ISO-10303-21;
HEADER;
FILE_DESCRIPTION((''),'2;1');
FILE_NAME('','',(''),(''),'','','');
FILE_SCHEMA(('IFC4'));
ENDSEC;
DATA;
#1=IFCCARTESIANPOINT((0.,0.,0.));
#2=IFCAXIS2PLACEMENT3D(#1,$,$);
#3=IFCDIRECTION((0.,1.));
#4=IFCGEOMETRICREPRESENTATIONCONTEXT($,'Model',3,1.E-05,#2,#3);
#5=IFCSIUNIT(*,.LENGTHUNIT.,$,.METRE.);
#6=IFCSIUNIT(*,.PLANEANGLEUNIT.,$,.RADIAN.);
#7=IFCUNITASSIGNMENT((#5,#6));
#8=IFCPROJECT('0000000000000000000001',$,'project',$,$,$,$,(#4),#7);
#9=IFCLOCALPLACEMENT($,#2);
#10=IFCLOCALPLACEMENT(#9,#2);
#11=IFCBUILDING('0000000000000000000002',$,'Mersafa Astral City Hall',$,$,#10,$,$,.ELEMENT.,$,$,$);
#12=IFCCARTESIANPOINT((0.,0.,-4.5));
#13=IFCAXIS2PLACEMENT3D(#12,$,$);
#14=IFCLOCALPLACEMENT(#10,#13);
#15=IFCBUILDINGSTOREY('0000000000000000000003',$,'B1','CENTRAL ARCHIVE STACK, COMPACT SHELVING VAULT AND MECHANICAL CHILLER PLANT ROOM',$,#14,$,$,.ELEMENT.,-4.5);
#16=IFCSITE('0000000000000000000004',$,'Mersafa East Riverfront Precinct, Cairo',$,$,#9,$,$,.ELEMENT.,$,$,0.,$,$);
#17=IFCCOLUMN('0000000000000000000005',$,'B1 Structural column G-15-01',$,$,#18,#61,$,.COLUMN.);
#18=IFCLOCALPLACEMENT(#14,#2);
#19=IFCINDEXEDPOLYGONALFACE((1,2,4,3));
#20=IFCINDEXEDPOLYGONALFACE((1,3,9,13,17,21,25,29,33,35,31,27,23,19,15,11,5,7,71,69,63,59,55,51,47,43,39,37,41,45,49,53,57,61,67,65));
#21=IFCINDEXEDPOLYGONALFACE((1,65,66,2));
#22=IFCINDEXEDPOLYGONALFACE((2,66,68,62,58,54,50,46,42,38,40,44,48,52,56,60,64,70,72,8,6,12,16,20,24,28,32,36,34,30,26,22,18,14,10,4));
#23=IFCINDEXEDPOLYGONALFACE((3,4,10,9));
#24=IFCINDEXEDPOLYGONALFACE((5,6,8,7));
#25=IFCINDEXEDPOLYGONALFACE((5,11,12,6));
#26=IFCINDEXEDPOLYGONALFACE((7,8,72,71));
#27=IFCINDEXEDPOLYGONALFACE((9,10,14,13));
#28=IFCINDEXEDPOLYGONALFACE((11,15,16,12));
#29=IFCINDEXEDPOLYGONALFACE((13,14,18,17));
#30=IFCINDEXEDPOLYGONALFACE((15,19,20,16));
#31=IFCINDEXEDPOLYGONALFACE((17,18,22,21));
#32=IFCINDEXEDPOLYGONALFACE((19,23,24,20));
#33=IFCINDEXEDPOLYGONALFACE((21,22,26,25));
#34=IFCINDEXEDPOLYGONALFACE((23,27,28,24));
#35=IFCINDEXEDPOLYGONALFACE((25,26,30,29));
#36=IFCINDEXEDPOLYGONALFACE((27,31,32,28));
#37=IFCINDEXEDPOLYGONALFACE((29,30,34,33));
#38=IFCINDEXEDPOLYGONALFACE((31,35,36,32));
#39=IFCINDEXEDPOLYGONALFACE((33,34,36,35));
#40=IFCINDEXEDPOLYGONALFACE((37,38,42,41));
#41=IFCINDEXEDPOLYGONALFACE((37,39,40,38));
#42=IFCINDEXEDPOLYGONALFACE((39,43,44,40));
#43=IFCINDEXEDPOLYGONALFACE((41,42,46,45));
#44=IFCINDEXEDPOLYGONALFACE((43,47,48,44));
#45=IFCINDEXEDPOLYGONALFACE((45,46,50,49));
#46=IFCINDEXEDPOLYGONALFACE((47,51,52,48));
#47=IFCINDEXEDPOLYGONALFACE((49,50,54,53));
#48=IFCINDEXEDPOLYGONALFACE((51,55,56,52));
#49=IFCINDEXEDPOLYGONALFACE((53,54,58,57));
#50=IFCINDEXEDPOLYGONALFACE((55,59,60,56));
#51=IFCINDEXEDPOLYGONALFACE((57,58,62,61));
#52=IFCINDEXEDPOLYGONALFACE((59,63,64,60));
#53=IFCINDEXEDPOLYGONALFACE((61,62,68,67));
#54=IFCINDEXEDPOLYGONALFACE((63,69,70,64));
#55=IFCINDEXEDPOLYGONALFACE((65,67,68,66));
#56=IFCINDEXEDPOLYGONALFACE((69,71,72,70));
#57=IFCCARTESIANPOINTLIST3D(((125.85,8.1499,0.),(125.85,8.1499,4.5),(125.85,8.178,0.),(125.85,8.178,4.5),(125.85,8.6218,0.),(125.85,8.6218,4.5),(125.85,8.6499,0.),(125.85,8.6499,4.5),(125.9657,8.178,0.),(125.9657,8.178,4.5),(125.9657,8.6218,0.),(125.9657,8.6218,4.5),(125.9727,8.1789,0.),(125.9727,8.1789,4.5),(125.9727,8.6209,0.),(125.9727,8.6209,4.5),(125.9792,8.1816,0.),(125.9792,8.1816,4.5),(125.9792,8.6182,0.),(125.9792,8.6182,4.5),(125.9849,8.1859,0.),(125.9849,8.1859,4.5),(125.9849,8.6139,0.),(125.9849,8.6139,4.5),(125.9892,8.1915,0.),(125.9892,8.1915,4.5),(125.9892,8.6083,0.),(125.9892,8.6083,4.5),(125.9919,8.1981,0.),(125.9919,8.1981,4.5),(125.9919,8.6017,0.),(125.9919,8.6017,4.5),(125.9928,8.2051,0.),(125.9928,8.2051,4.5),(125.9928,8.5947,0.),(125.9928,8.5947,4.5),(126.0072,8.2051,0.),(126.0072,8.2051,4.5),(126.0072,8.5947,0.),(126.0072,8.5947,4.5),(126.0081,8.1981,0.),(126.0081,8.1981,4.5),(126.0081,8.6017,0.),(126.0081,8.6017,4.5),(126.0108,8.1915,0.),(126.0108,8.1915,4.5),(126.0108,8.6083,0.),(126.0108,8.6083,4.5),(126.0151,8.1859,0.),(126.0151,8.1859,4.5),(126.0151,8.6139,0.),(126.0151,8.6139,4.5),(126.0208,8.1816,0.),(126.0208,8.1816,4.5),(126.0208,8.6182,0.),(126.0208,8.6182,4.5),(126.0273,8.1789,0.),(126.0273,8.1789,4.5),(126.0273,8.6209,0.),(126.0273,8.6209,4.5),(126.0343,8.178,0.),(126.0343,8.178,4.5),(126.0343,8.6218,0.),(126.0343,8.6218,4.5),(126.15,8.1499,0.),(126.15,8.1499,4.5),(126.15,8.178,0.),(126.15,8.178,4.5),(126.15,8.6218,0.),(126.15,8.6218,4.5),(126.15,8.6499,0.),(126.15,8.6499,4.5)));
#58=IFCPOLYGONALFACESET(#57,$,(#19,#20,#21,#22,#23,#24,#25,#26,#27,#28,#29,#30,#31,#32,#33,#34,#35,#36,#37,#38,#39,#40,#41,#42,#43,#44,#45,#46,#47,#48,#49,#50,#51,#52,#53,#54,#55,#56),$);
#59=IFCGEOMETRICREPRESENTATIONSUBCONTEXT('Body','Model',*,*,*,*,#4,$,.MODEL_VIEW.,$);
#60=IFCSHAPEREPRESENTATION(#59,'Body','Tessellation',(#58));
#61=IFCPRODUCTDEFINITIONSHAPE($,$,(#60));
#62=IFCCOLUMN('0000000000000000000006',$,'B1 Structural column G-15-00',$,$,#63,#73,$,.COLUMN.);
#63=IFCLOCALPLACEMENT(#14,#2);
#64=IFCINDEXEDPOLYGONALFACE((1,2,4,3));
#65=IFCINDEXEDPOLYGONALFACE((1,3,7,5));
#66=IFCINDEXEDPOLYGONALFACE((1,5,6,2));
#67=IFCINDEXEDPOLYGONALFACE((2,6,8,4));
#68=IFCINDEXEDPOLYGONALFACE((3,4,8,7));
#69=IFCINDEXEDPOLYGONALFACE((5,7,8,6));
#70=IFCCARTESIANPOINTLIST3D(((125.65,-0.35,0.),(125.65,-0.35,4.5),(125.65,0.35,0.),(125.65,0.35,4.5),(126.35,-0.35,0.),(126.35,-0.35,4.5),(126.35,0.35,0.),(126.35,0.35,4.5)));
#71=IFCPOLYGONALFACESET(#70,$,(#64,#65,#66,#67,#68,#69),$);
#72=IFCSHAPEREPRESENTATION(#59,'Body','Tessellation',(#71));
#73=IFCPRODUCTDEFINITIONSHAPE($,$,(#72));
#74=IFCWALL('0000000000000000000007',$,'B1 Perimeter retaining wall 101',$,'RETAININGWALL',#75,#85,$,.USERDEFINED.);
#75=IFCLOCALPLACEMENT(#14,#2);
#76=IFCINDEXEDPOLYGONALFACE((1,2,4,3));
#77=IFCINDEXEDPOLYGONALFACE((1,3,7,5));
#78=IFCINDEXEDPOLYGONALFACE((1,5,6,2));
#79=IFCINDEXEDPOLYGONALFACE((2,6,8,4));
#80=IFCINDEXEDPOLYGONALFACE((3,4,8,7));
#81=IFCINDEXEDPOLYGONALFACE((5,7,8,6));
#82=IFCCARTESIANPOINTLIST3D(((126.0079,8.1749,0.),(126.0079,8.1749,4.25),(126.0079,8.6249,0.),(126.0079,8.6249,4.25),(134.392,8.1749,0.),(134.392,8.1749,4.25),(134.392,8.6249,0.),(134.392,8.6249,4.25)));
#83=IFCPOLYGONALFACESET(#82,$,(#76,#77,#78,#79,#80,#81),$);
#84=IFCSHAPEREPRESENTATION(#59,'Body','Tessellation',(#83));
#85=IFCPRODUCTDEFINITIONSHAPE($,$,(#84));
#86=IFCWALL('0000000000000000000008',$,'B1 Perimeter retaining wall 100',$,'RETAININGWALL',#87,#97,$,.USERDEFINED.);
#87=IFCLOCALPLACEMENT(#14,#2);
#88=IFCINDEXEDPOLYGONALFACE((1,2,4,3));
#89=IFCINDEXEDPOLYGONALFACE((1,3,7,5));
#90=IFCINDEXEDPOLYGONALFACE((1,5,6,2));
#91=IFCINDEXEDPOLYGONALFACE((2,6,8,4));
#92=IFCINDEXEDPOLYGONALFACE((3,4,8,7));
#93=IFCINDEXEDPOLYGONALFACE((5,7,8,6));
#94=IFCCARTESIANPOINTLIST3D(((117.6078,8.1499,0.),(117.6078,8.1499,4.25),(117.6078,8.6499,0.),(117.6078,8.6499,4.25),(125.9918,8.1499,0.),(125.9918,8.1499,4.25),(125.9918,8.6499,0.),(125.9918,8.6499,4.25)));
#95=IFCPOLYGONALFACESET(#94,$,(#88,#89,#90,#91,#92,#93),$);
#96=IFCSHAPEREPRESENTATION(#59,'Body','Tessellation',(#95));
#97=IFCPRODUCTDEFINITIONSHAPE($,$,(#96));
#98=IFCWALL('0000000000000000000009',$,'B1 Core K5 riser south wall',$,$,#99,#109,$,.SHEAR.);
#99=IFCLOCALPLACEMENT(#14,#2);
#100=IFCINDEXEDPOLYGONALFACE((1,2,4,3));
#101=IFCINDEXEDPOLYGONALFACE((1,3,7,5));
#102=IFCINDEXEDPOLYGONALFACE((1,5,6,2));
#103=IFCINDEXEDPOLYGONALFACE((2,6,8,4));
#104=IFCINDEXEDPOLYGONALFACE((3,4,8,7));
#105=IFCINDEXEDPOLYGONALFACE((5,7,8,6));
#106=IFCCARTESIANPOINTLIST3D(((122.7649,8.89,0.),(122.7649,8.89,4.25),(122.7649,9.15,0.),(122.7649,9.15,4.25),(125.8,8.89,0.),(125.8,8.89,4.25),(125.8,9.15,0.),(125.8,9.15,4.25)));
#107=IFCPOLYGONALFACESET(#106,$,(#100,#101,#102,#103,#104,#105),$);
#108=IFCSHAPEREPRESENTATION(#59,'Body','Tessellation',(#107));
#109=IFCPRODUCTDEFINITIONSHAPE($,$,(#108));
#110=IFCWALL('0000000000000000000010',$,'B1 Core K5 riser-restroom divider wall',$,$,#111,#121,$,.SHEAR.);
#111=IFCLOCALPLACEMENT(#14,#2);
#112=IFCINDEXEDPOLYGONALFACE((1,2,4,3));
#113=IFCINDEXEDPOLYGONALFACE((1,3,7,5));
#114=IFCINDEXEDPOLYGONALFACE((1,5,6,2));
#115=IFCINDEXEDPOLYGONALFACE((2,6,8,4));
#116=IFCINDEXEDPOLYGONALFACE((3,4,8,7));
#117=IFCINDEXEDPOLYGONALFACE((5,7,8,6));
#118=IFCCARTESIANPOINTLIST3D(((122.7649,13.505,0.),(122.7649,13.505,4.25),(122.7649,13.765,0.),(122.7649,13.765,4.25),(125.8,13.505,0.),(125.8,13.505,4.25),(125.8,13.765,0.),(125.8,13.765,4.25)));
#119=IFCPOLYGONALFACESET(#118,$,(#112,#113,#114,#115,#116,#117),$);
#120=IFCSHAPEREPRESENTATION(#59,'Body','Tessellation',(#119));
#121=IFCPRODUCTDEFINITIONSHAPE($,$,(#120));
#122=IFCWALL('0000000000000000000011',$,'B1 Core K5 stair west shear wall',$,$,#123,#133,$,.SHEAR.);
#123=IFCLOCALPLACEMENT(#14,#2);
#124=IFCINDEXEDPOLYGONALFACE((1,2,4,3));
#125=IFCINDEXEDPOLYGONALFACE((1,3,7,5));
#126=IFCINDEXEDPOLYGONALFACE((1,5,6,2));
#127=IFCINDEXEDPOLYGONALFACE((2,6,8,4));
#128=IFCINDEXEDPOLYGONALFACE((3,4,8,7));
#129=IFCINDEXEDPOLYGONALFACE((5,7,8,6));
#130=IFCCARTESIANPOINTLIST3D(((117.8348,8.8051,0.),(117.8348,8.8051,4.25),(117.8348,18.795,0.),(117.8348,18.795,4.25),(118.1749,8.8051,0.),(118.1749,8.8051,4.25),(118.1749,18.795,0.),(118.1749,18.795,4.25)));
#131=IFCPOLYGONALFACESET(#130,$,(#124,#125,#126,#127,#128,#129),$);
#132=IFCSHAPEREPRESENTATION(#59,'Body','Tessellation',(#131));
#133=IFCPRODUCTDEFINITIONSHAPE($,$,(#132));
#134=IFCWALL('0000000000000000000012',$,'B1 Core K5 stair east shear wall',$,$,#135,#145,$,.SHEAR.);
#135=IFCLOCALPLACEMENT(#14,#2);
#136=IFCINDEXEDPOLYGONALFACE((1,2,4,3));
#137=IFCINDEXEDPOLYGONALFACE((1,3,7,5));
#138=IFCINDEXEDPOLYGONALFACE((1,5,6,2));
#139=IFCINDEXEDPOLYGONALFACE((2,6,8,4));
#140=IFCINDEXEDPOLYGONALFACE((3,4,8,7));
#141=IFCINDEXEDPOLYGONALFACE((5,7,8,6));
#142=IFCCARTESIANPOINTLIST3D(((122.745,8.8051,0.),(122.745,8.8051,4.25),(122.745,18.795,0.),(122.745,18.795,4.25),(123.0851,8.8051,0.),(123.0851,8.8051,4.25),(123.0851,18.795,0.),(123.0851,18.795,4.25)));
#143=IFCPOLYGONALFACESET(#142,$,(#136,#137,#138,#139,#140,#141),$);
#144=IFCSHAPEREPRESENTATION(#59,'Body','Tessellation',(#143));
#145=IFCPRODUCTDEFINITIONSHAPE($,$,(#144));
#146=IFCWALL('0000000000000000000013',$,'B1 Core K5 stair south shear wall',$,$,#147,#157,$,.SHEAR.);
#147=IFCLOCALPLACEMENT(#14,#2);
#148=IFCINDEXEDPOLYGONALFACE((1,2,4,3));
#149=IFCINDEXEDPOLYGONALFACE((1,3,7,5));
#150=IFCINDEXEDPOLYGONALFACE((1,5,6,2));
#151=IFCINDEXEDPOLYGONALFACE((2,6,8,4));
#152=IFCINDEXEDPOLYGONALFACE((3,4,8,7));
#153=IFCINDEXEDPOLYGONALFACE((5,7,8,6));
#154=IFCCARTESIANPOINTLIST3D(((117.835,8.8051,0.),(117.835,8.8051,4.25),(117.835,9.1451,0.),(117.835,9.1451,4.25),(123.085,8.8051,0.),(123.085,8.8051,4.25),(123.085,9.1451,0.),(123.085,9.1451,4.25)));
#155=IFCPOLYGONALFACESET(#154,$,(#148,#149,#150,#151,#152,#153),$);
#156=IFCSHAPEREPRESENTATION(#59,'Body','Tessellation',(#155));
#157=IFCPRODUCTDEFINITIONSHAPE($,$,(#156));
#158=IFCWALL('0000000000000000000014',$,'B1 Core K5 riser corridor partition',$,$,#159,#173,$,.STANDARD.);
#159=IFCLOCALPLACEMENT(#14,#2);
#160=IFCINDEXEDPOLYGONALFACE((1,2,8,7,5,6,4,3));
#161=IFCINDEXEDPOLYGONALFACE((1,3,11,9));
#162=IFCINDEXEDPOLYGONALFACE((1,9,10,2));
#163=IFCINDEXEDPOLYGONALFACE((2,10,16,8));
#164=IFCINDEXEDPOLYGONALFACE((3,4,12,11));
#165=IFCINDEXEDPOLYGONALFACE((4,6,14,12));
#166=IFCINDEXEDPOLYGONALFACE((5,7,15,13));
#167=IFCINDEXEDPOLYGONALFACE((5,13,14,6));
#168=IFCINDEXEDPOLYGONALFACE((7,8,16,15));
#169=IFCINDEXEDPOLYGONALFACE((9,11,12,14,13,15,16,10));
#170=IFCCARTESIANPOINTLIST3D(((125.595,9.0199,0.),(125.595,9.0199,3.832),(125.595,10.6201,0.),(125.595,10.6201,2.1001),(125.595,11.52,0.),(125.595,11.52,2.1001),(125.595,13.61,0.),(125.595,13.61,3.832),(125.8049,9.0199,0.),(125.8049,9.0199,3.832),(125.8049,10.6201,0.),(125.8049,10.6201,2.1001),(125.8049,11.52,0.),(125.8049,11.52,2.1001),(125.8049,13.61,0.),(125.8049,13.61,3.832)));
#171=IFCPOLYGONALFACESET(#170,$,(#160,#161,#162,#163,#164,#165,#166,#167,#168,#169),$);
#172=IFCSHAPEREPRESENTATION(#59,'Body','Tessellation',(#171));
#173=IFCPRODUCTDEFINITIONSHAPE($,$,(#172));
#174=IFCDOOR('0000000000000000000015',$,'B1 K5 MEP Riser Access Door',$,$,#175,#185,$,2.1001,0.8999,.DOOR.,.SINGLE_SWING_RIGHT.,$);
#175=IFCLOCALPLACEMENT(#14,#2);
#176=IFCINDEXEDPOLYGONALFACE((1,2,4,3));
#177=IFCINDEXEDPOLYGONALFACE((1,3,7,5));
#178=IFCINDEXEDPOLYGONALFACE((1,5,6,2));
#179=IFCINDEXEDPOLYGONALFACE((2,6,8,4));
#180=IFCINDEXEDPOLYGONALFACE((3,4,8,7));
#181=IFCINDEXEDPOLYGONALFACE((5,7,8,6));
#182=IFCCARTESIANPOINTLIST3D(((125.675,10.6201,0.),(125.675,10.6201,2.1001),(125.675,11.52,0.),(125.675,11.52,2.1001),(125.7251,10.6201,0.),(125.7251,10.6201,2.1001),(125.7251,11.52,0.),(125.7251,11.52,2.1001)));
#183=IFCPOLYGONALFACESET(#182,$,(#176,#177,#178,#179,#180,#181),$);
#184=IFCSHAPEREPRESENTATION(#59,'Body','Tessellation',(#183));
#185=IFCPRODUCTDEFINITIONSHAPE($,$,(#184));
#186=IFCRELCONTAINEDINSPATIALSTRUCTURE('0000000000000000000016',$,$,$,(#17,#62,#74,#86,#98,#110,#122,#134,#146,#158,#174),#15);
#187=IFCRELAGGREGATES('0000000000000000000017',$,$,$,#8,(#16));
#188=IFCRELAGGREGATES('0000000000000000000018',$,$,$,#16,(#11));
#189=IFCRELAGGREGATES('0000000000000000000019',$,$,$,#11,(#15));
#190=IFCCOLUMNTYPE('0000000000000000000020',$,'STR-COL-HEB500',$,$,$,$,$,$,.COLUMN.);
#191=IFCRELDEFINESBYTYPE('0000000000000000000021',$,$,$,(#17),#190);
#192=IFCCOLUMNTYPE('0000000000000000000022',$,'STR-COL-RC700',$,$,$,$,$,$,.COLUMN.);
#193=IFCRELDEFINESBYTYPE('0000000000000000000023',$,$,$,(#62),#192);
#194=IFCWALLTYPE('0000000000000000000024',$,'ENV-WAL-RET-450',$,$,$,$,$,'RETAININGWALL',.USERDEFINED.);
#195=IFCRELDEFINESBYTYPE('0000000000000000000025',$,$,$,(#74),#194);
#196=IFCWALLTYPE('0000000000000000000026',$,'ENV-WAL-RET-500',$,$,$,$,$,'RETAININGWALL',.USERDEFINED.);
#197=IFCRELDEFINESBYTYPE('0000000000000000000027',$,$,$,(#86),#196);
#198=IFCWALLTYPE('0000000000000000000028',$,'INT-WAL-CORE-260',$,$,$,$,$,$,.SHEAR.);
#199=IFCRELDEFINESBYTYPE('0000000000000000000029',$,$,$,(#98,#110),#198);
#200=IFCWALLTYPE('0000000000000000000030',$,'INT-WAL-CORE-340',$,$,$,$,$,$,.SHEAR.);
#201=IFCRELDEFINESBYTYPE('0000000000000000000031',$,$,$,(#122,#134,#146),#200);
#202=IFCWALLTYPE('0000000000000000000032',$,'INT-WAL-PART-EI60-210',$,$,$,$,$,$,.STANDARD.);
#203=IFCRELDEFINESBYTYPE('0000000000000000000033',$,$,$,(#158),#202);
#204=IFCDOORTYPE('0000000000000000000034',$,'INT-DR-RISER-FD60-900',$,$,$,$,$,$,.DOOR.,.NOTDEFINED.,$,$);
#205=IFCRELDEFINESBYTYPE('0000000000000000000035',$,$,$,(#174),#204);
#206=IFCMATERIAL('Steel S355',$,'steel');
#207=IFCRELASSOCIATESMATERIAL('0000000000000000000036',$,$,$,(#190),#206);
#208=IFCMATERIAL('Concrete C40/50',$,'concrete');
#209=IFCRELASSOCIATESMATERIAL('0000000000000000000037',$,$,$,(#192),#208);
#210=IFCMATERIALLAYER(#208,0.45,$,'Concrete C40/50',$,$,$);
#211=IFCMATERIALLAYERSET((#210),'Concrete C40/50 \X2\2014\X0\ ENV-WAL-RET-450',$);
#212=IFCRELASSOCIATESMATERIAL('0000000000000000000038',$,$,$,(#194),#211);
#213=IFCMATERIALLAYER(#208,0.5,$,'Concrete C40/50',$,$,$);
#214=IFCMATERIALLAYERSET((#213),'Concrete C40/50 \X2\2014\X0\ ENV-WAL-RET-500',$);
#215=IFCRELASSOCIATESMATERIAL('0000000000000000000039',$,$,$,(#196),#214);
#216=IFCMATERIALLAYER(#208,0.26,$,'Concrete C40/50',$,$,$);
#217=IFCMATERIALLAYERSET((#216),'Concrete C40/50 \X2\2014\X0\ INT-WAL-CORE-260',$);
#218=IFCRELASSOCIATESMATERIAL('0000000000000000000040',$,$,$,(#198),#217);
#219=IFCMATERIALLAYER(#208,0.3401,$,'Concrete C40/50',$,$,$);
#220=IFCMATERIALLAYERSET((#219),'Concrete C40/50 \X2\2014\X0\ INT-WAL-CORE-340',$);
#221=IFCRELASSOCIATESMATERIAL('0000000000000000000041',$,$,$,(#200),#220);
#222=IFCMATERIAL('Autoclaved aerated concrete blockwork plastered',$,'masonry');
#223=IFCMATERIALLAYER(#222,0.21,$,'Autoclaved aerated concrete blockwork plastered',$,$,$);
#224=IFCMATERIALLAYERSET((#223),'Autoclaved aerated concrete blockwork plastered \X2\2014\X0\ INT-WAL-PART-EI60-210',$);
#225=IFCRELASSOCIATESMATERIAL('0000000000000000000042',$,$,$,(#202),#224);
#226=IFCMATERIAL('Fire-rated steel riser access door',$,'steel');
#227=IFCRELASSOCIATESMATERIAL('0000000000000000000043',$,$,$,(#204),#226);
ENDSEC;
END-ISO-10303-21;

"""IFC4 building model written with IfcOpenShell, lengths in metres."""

from ifc_helpers import new_model, si_unit, direction, frame, frame_2d, origin, origin_2d, place, context, subcontext, project, spatial, rectangle, i_section, extrude, material, layer, layer_set, material_profile, profile_set, type_object, element, fill, save


model = new_model("IFC4")

# Units and contexts
model_context = context("Model", 3, precision=1e-05, world=origin(), true_north=direction((0.0, 1.0)))
body_context = subcontext(model_context, "Body", "Model", "MODEL_VIEW")
ifc_project = project(units=[si_unit("LENGTHUNIT", "METRE"), si_unit("PLANEANGLEUNIT", "RADIAN")], contexts=[model_context])

# Site, building, storey
site_placement = place(None, origin())
site = spatial("IfcSite", under=ifc_project, at=site_placement, Name="Mersafa East Riverfront Precinct, Cairo", CompositionType="ELEMENT", RefElevation=0.0)
building_placement = place(site_placement, origin())
building = spatial("IfcBuilding", under=site, at=building_placement, Name="Mersafa Astral City Hall", CompositionType="ELEMENT")
storey_placement = place(building_placement, frame((0.0, 0.0, -4.5)))
storey = spatial("IfcBuildingStorey", under=building, at=storey_placement, Name="B1", Description="CENTRAL ARCHIVE STACK, COMPACT SHELVING VAULT AND MECHANICAL CHILLER PLANT ROOM", CompositionType="ELEMENT", Elevation=-4.5)

# Shared definitions
ifc_material_1 = material(Name="Concrete C40/50", Category="concrete")

# Columns
ifc_material_2 = material(Name="Steel S355", Category="steel")
ifc_material_profile_1 = material_profile(ifc_material_2, i_section(OverallWidth=0.3, OverallDepth=0.5, WebThickness=0.0144, FlangeThickness=0.0281, FilletRadius=0.0271, at=origin_2d()), Name="HEB 500")
ifc_profile_set_1 = profile_set([ifc_material_profile_1], Name="Steel S355")
column_type_1 = type_object("IfcColumnType", Name="STR-COL-HEB500", PredefinedType="COLUMN", material=ifc_profile_set_1)
column_1_placement = place(storey_placement, frame((126.0, 8.3999, 0.0), z_axis=(0.0, 0.0, 1.0), x_axis=(1.0, 0.0, 0.0)))
element("IfcColumn", 1, at=column_1_placement, inside=storey, type_object=column_type_1, Name="B1 Structural column G-15-01", PredefinedType="COLUMN", context=body_context, shape_type="SweptSolid", body=[
    extrude(i_section(OverallWidth=0.3, OverallDepth=0.5, WebThickness=0.0144, FlangeThickness=0.0281, FilletRadius=0.0271, at=origin_2d()), origin(), (0.0, 0.0, 1.0), 4.5),
])
ifc_material_profile_2 = material_profile(ifc_material_1, rectangle(XDim=0.7, YDim=0.7, at=origin_2d()), Name="RC 700x700")
ifc_profile_set_2 = profile_set([ifc_material_profile_2], Name="Concrete C40/50")
column_type_2 = type_object("IfcColumnType", Name="STR-COL-RC700", PredefinedType="COLUMN", material=ifc_profile_set_2)
column_2_placement = place(storey_placement, frame((126.0, 0.0, 0.0), z_axis=(0.0, 0.0, 1.0), x_axis=(1.0, 0.0, 0.0)))
element("IfcColumn", 2, at=column_2_placement, inside=storey, type_object=column_type_2, Name="B1 Structural column G-15-00", PredefinedType="COLUMN", context=body_context, shape_type="SweptSolid", body=[
    extrude(rectangle(XDim=0.7, YDim=0.7, at=origin_2d()), origin(), (0.0, 0.0, 1.0), 4.5),
])

# Walls
ifc_layer_1 = layer(ifc_material_1, 0.45, Name="Concrete C40/50")
ifc_layer_set_1 = layer_set([ifc_layer_1], Name="Concrete C40/50 — ENV-WAL-RET-450")
wall_type_1 = type_object("IfcWallType", Name="ENV-WAL-RET-450", ElementType="RETAININGWALL", PredefinedType="USERDEFINED", material=ifc_layer_set_1)
wall_1_placement = place(storey_placement, frame((126.0081, 8.3999, 0.0), z_axis=(0.0, 0.0, 1.0), x_axis=(1.0, 0.0, 0.0)))
element("IfcWall", 3, at=wall_1_placement, inside=storey, type_object=wall_type_1, Name="B1 Perimeter retaining wall 101", ObjectType="RETAININGWALL", PredefinedType="USERDEFINED", context=body_context, shape_type="SweptSolid", body=[
    extrude(rectangle(XDim=8.384, YDim=0.45, at=frame_2d((4.1919, 0.0))), origin(), (0.0, 0.0, 1.0), 4.25),
])
ifc_layer_2 = layer(ifc_material_1, 0.5, Name="Concrete C40/50")
ifc_layer_set_2 = layer_set([ifc_layer_2], Name="Concrete C40/50 — ENV-WAL-RET-500")
wall_type_2 = type_object("IfcWallType", Name="ENV-WAL-RET-500", ElementType="RETAININGWALL", PredefinedType="USERDEFINED", material=ifc_layer_set_2)
wall_2_placement = place(storey_placement, frame((117.6079, 8.3999, 0.0), z_axis=(0.0, 0.0, 1.0), x_axis=(1.0, 0.0, 0.0)))
element("IfcWall", 4, at=wall_2_placement, inside=storey, type_object=wall_type_2, Name="B1 Perimeter retaining wall 100", ObjectType="RETAININGWALL", PredefinedType="USERDEFINED", context=body_context, shape_type="SweptSolid", body=[
    extrude(rectangle(XDim=8.384, YDim=0.5, at=frame_2d((4.1919, 0.0))), origin(), (0.0, 0.0, 1.0), 4.25),
])
ifc_layer_3 = layer(ifc_material_1, 0.26, Name="Concrete C40/50")
ifc_layer_set_3 = layer_set([ifc_layer_3], Name="Concrete C40/50 — INT-WAL-CORE-260")
wall_type_3 = type_object("IfcWallType", Name="INT-WAL-CORE-260", PredefinedType="SHEAR", material=ifc_layer_set_3)
for number, where, z_axis, x_axis, name in (
    (5, (122.7649, 9.02, 0.0), (0.0, 0.0, 1.0), (1.0, 0.0, 0.0), "B1 Core K5 riser south wall"),
    (6, (122.7649, 13.635, 0.0), (0.0, 0.0, 1.0), (1.0, 0.0, 0.0), "B1 Core K5 riser-restroom divider wall"),
):
    element("IfcWall", number, at=place(storey_placement, frame(where, z_axis=z_axis, x_axis=x_axis)), inside=storey, type_object=wall_type_3, Name=name, PredefinedType="SHEAR", context=body_context, shape_type="SweptSolid", body=[
        extrude(rectangle(XDim=3.0352, YDim=0.26, at=frame_2d((1.5176, 0.0))), origin(), (0.0, 0.0, 1.0), 4.25),
    ])
ifc_layer_4 = layer(ifc_material_1, 0.3401, Name="Concrete C40/50")
ifc_layer_set_4 = layer_set([ifc_layer_4], Name="Concrete C40/50 — INT-WAL-CORE-340")
wall_type_4 = type_object("IfcWallType", Name="INT-WAL-CORE-340", PredefinedType="SHEAR", material=ifc_layer_set_4)
for number, where, z_axis, x_axis, name in (
    (7, (118.0049, 8.8049, 0.0), (0.0, 0.0, 1.0), (0.0, 1.0, 0.0), "B1 Core K5 stair west shear wall"),
    (8, (122.915, 8.8049, 0.0), (0.0, 0.0, 1.0), (0.0, 1.0, 0.0), "B1 Core K5 stair east shear wall"),
):
    element("IfcWall", number, at=place(storey_placement, frame(where, z_axis=z_axis, x_axis=x_axis)), inside=storey, type_object=wall_type_4, Name=name, PredefinedType="SHEAR", context=body_context, shape_type="SweptSolid", body=[
        extrude(rectangle(XDim=9.99, YDim=0.3401, at=frame_2d((4.9951, 0.0))), origin(), (0.0, 0.0, 1.0), 4.25),
    ])
wall_3_placement = place(storey_placement, frame((117.835, 8.9751, 0.0), z_axis=(0.0, 0.0, 1.0), x_axis=(1.0, 0.0, 0.0)))
element("IfcWall", 9, at=wall_3_placement, inside=storey, type_object=wall_type_4, Name="B1 Core K5 stair south shear wall", PredefinedType="SHEAR", context=body_context, shape_type="SweptSolid", body=[
    extrude(rectangle(XDim=5.25, YDim=0.3401, at=frame_2d((2.625, 0.0))), origin(), (0.0, 0.0, 1.0), 4.25),
])

# Wall, opening, door
ifc_material_3 = material(Name="Autoclaved aerated concrete blockwork plastered", Category="masonry")
ifc_layer_5 = layer(ifc_material_3, 0.21, Name="Autoclaved aerated concrete blockwork plastered")
ifc_layer_set_5 = layer_set([ifc_layer_5], Name="Autoclaved aerated concrete blockwork plastered — INT-WAL-PART-EI60-210")
wall_type_5 = type_object("IfcWallType", Name="INT-WAL-PART-EI60-210", PredefinedType="STANDARD", material=ifc_layer_set_5)
wall_4_placement = place(storey_placement, frame((125.7, 9.02, 0.0), z_axis=(0.0, 0.0, 1.0), x_axis=(0.0, 1.0, 0.0)))
wall_4 = element("IfcWall", 10, at=wall_4_placement, inside=storey, type_object=wall_type_5, Name="B1 Core K5 riser corridor partition", PredefinedType="STANDARD", context=body_context, shape_type="SweptSolid", body=[
    extrude(rectangle(XDim=4.5901, YDim=0.21, at=frame_2d((2.2949, 0.0))), origin(), (0.0, 0.0, 1.0), 3.832),
])
opening_1_placement = place(wall_4_placement, frame((1.6001, 0.0, 0.0)))
opening_1 = element("IfcOpeningElement", 11, at=opening_1_placement, cuts=wall_4, PredefinedType="OPENING", context=body_context, shape_type="SweptSolid", body=[
    extrude(rectangle(XDim=0.8999, YDim=2.1001, at=frame_2d((0.45, 1.05))), frame((0.0, 0.115, 0.0), z_axis=(0.0, -1.0, 0.0), x_axis=(1.0, 0.0, 0.0)), (0.0, 0.0, 1.0), 0.23),
])
ifc_material_4 = material(Name="Fire-rated steel riser access door", Category="steel")
door_type_1 = type_object("IfcDoorType", Name="INT-DR-RISER-FD60-900", OperationType="NOTDEFINED", PredefinedType="DOOR", material=ifc_material_4)
door_1_placement = place(opening_1_placement, origin())
door_1 = element("IfcDoor", 12, at=door_1_placement, inside=storey, type_object=door_type_1, Name="B1 K5 MEP Riser Access Door", OperationType="SINGLE_SWING_RIGHT", OverallHeight=2.1001, OverallWidth=0.8999, PredefinedType="DOOR", context=body_context, shape_type="SweptSolid", body=[
    extrude(rectangle(XDim=0.8999, YDim=2.1001, at=frame_2d((0.45, 1.05))), frame((0.0, 0.0249, 0.0), z_axis=(0.0, -1.0, 0.0), x_axis=(1.0, 0.0, 0.0)), (0.0, 0.0, 1.0), 0.05),
])
fill(opening_1, door_1)

save(model, "model.ifc")
